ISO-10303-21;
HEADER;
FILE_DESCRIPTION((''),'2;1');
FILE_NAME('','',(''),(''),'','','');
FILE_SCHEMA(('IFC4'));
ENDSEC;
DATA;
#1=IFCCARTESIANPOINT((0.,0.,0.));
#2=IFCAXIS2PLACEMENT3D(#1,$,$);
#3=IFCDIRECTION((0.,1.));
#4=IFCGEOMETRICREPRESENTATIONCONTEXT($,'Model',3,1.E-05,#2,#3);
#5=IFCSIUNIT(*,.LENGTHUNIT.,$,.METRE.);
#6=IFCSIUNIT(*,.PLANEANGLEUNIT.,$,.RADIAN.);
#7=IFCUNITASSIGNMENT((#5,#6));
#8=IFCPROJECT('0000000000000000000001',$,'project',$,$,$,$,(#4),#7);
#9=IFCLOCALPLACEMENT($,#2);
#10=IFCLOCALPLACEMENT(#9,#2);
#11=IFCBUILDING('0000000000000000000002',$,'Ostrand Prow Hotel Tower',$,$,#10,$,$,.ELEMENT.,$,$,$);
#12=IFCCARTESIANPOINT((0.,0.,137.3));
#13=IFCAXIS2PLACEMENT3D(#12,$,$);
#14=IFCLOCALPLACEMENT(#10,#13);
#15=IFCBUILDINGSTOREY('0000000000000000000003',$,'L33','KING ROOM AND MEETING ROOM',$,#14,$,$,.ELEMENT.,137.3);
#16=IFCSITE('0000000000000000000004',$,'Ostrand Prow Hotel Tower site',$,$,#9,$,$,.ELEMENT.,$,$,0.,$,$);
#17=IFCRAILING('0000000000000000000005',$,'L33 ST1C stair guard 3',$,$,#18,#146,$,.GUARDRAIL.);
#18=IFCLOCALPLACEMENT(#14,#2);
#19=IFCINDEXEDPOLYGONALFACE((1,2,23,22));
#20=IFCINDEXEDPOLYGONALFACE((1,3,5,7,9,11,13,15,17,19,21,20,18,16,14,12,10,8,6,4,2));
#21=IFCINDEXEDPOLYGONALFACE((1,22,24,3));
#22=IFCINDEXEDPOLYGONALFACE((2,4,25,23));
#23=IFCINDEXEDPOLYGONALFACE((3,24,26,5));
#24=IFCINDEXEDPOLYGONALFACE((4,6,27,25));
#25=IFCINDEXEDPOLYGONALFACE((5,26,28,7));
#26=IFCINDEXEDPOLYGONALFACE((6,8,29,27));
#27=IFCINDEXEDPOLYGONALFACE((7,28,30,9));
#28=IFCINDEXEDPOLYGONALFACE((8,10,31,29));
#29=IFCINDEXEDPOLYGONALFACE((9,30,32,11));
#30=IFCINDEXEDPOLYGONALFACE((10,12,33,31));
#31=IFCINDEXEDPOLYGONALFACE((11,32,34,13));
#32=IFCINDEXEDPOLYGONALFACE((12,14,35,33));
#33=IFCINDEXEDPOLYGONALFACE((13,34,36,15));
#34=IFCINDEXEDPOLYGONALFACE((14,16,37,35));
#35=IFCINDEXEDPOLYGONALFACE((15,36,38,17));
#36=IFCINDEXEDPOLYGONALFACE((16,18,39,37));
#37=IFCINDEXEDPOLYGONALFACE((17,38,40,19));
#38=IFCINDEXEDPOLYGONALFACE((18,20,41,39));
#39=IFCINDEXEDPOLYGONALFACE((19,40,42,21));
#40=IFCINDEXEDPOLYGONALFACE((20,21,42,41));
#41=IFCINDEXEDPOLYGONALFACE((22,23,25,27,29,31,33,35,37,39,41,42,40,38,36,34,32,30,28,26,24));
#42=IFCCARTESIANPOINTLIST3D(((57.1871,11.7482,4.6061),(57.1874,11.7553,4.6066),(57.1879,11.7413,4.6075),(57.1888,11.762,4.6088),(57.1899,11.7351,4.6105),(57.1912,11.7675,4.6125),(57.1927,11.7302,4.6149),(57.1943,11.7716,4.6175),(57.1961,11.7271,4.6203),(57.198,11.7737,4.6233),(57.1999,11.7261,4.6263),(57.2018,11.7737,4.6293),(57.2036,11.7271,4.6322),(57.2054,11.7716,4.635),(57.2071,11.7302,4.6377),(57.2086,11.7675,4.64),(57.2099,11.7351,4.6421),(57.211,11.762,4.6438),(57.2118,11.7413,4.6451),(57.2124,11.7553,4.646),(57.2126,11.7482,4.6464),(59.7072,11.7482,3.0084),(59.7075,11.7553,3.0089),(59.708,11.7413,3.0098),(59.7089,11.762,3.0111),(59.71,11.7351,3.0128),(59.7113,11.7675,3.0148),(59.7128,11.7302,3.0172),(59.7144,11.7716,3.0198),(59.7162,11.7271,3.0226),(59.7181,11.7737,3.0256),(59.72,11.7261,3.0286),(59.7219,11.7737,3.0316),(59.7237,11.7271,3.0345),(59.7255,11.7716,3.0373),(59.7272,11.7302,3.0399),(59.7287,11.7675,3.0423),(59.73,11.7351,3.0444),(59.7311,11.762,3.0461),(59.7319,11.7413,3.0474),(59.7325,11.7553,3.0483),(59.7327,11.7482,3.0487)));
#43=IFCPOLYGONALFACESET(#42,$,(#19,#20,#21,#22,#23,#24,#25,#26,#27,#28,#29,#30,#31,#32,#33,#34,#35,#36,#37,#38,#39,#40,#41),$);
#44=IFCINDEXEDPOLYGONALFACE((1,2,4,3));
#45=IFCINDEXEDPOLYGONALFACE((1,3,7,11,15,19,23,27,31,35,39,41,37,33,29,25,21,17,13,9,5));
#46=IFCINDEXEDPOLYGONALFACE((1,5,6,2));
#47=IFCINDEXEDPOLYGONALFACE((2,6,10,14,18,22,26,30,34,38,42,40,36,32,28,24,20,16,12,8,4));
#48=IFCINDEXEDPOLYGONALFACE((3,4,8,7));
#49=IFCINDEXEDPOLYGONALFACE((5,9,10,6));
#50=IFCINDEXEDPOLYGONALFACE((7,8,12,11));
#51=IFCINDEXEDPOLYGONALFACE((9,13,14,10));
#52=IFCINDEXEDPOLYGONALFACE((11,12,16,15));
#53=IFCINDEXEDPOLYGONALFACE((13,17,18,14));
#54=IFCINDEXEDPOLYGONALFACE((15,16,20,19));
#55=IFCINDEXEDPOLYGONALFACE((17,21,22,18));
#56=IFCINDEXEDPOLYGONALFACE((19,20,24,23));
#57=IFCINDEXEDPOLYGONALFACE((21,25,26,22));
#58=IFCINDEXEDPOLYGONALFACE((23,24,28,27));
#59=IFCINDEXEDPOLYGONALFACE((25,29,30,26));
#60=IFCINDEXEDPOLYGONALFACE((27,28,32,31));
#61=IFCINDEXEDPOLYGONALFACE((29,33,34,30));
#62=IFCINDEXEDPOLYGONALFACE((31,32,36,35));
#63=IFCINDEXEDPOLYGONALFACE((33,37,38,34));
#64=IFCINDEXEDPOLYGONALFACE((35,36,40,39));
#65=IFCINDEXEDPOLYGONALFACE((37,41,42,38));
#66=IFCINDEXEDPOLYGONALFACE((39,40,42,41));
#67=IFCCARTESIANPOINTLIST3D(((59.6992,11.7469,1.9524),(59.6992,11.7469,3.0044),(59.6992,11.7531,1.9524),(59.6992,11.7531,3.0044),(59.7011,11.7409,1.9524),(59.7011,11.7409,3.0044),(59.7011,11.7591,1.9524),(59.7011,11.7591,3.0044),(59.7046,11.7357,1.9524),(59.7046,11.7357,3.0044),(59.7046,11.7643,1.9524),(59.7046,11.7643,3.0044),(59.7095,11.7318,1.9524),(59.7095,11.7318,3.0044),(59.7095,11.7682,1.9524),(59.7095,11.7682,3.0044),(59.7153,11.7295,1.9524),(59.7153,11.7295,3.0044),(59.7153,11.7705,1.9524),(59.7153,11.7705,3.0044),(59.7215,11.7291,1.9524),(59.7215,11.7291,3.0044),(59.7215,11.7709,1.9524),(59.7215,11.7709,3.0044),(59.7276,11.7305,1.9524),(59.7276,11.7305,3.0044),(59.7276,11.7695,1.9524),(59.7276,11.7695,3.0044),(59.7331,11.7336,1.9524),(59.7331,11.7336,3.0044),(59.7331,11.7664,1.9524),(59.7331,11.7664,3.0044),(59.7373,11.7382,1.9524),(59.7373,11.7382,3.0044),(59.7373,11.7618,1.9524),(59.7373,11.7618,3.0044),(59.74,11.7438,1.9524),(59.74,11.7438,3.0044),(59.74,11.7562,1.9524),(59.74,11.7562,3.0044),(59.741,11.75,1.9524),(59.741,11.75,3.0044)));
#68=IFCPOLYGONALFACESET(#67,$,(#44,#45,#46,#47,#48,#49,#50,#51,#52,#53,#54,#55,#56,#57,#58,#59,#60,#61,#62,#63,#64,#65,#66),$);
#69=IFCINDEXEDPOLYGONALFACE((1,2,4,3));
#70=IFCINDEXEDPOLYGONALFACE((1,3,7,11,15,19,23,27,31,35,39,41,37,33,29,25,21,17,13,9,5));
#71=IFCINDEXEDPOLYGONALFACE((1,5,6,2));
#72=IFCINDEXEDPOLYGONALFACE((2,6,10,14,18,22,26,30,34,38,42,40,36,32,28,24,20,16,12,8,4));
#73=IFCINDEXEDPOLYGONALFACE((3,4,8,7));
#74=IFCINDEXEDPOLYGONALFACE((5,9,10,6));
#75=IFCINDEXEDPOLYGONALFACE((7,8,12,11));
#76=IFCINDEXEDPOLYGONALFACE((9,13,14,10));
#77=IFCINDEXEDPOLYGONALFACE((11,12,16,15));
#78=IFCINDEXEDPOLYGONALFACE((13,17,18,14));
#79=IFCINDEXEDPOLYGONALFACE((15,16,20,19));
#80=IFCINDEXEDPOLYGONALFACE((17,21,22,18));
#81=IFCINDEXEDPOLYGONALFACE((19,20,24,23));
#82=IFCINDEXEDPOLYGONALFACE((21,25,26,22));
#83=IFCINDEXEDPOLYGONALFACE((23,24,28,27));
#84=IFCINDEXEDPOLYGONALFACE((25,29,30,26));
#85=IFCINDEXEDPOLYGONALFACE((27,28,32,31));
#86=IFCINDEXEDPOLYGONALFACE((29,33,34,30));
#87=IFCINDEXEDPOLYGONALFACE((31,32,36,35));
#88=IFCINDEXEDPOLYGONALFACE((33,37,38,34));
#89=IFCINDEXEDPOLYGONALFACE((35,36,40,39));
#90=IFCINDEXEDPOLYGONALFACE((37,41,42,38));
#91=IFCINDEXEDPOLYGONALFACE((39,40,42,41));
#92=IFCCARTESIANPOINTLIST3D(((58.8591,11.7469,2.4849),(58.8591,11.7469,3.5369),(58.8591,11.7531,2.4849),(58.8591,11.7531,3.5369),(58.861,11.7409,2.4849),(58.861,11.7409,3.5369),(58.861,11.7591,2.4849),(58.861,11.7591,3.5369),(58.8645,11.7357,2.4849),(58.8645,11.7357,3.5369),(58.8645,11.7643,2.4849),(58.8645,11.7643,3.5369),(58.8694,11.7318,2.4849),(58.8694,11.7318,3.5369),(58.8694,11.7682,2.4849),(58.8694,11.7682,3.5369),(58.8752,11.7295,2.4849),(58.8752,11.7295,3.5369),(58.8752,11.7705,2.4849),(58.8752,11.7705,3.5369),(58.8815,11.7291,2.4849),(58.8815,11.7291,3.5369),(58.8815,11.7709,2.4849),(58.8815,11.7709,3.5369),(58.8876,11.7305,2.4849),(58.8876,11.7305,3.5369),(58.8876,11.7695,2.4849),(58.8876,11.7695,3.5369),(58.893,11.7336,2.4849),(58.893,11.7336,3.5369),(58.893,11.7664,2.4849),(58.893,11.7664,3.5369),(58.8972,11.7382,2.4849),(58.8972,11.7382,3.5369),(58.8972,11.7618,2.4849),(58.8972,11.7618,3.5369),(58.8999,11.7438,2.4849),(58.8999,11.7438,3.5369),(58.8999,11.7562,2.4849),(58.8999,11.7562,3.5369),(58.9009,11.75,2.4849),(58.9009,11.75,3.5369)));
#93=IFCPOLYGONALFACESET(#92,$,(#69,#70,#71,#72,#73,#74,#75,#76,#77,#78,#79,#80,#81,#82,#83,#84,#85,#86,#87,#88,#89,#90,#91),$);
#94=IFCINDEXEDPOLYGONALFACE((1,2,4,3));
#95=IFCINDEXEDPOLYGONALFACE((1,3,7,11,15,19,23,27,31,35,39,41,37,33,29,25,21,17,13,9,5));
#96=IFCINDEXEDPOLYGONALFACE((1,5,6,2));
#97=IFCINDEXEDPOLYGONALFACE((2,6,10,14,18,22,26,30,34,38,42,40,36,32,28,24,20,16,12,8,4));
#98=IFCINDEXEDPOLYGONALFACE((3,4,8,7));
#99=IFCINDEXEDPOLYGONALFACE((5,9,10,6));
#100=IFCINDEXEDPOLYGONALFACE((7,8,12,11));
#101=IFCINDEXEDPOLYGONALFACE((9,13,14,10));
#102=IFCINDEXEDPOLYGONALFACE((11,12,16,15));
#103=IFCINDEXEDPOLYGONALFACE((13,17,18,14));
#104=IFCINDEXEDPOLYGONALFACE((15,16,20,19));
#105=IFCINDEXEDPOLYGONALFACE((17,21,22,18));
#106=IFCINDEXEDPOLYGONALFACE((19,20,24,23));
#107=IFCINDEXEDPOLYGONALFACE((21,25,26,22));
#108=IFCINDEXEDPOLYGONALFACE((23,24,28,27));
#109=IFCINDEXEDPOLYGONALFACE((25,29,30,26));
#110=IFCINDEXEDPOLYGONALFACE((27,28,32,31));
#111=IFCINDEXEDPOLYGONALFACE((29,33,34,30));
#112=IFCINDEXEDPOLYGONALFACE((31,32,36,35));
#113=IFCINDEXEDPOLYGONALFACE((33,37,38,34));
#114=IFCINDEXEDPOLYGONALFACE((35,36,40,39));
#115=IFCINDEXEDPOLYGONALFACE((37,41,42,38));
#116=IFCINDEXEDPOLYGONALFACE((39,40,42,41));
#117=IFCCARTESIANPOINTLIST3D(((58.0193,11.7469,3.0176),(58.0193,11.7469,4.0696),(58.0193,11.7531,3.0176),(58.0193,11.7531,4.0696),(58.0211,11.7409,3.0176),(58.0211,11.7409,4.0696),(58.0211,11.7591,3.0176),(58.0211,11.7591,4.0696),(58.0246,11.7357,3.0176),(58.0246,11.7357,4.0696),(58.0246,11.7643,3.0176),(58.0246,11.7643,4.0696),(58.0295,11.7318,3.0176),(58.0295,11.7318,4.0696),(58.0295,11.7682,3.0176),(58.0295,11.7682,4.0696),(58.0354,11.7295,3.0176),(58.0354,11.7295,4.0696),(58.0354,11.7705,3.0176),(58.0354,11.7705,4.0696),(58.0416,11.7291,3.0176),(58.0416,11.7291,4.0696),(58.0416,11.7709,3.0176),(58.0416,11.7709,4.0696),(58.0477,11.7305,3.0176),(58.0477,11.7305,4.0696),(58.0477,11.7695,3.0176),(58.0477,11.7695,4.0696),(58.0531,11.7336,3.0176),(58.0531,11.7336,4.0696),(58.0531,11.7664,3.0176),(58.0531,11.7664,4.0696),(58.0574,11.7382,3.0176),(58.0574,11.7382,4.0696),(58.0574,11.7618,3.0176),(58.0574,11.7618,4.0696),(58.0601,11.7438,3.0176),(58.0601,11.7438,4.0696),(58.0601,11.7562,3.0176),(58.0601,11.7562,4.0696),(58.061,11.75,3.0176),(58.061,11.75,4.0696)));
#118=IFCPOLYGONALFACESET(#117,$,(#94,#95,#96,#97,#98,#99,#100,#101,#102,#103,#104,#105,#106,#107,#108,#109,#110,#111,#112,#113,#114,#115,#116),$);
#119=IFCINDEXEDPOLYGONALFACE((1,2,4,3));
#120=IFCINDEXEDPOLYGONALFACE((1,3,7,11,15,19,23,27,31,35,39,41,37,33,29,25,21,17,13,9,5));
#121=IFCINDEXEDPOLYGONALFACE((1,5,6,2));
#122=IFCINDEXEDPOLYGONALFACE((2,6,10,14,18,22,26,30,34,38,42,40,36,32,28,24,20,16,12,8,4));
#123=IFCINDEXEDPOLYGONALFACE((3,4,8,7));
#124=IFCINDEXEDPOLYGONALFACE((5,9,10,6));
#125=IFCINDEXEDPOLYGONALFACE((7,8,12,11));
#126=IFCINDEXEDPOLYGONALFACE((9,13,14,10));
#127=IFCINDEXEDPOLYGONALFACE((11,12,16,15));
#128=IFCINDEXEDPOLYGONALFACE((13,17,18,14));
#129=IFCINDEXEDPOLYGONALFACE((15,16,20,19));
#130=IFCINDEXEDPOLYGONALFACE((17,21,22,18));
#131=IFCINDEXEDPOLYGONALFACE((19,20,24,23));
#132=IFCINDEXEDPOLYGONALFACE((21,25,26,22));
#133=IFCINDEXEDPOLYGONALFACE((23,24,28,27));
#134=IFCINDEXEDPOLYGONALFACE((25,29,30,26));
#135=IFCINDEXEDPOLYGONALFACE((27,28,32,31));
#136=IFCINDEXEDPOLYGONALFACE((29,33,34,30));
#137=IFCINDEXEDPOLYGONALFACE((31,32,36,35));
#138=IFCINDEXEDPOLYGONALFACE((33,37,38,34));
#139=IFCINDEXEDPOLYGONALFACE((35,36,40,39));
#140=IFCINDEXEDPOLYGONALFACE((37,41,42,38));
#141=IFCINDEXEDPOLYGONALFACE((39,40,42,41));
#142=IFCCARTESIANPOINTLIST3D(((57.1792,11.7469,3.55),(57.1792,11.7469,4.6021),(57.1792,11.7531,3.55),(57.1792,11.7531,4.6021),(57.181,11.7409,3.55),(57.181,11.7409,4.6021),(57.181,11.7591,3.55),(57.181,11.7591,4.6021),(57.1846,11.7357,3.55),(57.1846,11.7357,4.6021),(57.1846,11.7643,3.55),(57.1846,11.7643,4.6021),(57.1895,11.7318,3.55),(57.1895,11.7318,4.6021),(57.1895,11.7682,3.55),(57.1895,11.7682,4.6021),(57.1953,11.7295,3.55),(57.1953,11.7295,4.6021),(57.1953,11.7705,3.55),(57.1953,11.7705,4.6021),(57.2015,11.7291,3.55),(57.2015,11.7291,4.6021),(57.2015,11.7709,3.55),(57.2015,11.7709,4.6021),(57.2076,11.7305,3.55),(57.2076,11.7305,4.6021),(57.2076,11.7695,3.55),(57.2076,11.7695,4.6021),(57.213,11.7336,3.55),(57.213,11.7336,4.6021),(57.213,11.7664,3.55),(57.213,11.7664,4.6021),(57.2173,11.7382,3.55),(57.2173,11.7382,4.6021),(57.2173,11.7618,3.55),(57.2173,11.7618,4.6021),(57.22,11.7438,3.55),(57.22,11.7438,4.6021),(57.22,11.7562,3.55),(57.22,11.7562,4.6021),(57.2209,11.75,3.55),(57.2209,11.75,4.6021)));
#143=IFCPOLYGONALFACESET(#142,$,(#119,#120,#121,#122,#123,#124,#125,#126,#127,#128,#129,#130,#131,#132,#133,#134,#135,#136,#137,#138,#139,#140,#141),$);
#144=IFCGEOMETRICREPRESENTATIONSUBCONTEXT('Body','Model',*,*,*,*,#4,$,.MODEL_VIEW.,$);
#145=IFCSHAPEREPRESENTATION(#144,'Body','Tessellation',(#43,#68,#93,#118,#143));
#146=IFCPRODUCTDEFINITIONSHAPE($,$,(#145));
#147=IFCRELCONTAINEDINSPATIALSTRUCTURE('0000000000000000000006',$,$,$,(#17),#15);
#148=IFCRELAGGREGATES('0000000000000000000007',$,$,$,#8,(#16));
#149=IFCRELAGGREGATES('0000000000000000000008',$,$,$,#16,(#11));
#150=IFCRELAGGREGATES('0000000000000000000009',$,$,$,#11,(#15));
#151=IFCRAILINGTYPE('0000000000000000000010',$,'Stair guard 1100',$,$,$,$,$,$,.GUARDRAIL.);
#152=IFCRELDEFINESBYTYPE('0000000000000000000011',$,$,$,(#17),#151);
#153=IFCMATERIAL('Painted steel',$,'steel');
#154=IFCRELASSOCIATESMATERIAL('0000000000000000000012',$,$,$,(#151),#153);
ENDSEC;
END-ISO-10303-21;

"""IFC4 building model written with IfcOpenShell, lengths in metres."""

from ifc_helpers import new_model, si_unit, direction, frame, origin, origin_2d, place, context, subcontext, project, spatial, circle, extrude, material, type_object, element, save


model = new_model("IFC4")

# Units and contexts
model_context = context("Model", 3, precision=1e-05, world=origin(), true_north=direction((0.0, 1.0)))
body_context = subcontext(model_context, "Body", "Model", "MODEL_VIEW")
ifc_project = project(units=[si_unit("LENGTHUNIT", "METRE"), si_unit("PLANEANGLEUNIT", "RADIAN")], contexts=[model_context])

# Site, building, storey
site_placement = place(None, origin())
site = spatial("IfcSite", under=ifc_project, at=site_placement, Name="Ostrand Prow Hotel Tower site", CompositionType="ELEMENT", RefElevation=0.0)
building_placement = place(site_placement, origin())
building = spatial("IfcBuilding", under=site, at=building_placement, Name="Ostrand Prow Hotel Tower", CompositionType="ELEMENT")
storey_placement = place(building_placement, frame((0.0, 0.0, 137.3)))
storey = spatial("IfcBuildingStorey", under=building, at=storey_placement, Name="L33", Description="KING ROOM AND MEETING ROOM", CompositionType="ELEMENT", Elevation=137.3)

# Railing
ifc_material_1 = material(Name="Painted steel", Category="steel")
railing_type_1 = type_object("IfcRailingType", Name="Stair guard 1100", PredefinedType="GUARDRAIL", material=ifc_material_1)
railing_1_placement = place(storey_placement, frame((59.72, 11.75, 1.9524)))
element("IfcRailing", 1, at=railing_1_placement, inside=storey, type_object=railing_type_1, Name="L33 ST1C stair guard 3", PredefinedType="GUARDRAIL", context=body_context, shape_type="SweptSolid", body=[
    extrude(circle(Radius=0.0239, at=origin_2d()), frame((0.0, 0.0, 1.0762), z_axis=(-0.84457, 0.0, 0.535445), x_axis=(0.0, -1.0, 0.0)), (0.0, 0.0, 1.0), 2.9839),
    extrude(circle(Radius=0.021, at=origin_2d()), origin(), (0.0, 0.0, 1.0), 1.052),
    extrude(circle(Radius=0.021, at=origin_2d()), frame((-0.8401, 0.0, 0.5325)), (0.0, 0.0, 1.0), 1.052),
    extrude(circle(Radius=0.021, at=origin_2d()), frame((-1.6799, 0.0, 1.0652)), (0.0, 0.0, 1.0), 1.052),
    extrude(circle(Radius=0.021, at=origin_2d()), frame((-2.52, 0.0, 1.5977)), (0.0, 0.0, 1.0), 1.052),
])

save(model, "model.ifc")
